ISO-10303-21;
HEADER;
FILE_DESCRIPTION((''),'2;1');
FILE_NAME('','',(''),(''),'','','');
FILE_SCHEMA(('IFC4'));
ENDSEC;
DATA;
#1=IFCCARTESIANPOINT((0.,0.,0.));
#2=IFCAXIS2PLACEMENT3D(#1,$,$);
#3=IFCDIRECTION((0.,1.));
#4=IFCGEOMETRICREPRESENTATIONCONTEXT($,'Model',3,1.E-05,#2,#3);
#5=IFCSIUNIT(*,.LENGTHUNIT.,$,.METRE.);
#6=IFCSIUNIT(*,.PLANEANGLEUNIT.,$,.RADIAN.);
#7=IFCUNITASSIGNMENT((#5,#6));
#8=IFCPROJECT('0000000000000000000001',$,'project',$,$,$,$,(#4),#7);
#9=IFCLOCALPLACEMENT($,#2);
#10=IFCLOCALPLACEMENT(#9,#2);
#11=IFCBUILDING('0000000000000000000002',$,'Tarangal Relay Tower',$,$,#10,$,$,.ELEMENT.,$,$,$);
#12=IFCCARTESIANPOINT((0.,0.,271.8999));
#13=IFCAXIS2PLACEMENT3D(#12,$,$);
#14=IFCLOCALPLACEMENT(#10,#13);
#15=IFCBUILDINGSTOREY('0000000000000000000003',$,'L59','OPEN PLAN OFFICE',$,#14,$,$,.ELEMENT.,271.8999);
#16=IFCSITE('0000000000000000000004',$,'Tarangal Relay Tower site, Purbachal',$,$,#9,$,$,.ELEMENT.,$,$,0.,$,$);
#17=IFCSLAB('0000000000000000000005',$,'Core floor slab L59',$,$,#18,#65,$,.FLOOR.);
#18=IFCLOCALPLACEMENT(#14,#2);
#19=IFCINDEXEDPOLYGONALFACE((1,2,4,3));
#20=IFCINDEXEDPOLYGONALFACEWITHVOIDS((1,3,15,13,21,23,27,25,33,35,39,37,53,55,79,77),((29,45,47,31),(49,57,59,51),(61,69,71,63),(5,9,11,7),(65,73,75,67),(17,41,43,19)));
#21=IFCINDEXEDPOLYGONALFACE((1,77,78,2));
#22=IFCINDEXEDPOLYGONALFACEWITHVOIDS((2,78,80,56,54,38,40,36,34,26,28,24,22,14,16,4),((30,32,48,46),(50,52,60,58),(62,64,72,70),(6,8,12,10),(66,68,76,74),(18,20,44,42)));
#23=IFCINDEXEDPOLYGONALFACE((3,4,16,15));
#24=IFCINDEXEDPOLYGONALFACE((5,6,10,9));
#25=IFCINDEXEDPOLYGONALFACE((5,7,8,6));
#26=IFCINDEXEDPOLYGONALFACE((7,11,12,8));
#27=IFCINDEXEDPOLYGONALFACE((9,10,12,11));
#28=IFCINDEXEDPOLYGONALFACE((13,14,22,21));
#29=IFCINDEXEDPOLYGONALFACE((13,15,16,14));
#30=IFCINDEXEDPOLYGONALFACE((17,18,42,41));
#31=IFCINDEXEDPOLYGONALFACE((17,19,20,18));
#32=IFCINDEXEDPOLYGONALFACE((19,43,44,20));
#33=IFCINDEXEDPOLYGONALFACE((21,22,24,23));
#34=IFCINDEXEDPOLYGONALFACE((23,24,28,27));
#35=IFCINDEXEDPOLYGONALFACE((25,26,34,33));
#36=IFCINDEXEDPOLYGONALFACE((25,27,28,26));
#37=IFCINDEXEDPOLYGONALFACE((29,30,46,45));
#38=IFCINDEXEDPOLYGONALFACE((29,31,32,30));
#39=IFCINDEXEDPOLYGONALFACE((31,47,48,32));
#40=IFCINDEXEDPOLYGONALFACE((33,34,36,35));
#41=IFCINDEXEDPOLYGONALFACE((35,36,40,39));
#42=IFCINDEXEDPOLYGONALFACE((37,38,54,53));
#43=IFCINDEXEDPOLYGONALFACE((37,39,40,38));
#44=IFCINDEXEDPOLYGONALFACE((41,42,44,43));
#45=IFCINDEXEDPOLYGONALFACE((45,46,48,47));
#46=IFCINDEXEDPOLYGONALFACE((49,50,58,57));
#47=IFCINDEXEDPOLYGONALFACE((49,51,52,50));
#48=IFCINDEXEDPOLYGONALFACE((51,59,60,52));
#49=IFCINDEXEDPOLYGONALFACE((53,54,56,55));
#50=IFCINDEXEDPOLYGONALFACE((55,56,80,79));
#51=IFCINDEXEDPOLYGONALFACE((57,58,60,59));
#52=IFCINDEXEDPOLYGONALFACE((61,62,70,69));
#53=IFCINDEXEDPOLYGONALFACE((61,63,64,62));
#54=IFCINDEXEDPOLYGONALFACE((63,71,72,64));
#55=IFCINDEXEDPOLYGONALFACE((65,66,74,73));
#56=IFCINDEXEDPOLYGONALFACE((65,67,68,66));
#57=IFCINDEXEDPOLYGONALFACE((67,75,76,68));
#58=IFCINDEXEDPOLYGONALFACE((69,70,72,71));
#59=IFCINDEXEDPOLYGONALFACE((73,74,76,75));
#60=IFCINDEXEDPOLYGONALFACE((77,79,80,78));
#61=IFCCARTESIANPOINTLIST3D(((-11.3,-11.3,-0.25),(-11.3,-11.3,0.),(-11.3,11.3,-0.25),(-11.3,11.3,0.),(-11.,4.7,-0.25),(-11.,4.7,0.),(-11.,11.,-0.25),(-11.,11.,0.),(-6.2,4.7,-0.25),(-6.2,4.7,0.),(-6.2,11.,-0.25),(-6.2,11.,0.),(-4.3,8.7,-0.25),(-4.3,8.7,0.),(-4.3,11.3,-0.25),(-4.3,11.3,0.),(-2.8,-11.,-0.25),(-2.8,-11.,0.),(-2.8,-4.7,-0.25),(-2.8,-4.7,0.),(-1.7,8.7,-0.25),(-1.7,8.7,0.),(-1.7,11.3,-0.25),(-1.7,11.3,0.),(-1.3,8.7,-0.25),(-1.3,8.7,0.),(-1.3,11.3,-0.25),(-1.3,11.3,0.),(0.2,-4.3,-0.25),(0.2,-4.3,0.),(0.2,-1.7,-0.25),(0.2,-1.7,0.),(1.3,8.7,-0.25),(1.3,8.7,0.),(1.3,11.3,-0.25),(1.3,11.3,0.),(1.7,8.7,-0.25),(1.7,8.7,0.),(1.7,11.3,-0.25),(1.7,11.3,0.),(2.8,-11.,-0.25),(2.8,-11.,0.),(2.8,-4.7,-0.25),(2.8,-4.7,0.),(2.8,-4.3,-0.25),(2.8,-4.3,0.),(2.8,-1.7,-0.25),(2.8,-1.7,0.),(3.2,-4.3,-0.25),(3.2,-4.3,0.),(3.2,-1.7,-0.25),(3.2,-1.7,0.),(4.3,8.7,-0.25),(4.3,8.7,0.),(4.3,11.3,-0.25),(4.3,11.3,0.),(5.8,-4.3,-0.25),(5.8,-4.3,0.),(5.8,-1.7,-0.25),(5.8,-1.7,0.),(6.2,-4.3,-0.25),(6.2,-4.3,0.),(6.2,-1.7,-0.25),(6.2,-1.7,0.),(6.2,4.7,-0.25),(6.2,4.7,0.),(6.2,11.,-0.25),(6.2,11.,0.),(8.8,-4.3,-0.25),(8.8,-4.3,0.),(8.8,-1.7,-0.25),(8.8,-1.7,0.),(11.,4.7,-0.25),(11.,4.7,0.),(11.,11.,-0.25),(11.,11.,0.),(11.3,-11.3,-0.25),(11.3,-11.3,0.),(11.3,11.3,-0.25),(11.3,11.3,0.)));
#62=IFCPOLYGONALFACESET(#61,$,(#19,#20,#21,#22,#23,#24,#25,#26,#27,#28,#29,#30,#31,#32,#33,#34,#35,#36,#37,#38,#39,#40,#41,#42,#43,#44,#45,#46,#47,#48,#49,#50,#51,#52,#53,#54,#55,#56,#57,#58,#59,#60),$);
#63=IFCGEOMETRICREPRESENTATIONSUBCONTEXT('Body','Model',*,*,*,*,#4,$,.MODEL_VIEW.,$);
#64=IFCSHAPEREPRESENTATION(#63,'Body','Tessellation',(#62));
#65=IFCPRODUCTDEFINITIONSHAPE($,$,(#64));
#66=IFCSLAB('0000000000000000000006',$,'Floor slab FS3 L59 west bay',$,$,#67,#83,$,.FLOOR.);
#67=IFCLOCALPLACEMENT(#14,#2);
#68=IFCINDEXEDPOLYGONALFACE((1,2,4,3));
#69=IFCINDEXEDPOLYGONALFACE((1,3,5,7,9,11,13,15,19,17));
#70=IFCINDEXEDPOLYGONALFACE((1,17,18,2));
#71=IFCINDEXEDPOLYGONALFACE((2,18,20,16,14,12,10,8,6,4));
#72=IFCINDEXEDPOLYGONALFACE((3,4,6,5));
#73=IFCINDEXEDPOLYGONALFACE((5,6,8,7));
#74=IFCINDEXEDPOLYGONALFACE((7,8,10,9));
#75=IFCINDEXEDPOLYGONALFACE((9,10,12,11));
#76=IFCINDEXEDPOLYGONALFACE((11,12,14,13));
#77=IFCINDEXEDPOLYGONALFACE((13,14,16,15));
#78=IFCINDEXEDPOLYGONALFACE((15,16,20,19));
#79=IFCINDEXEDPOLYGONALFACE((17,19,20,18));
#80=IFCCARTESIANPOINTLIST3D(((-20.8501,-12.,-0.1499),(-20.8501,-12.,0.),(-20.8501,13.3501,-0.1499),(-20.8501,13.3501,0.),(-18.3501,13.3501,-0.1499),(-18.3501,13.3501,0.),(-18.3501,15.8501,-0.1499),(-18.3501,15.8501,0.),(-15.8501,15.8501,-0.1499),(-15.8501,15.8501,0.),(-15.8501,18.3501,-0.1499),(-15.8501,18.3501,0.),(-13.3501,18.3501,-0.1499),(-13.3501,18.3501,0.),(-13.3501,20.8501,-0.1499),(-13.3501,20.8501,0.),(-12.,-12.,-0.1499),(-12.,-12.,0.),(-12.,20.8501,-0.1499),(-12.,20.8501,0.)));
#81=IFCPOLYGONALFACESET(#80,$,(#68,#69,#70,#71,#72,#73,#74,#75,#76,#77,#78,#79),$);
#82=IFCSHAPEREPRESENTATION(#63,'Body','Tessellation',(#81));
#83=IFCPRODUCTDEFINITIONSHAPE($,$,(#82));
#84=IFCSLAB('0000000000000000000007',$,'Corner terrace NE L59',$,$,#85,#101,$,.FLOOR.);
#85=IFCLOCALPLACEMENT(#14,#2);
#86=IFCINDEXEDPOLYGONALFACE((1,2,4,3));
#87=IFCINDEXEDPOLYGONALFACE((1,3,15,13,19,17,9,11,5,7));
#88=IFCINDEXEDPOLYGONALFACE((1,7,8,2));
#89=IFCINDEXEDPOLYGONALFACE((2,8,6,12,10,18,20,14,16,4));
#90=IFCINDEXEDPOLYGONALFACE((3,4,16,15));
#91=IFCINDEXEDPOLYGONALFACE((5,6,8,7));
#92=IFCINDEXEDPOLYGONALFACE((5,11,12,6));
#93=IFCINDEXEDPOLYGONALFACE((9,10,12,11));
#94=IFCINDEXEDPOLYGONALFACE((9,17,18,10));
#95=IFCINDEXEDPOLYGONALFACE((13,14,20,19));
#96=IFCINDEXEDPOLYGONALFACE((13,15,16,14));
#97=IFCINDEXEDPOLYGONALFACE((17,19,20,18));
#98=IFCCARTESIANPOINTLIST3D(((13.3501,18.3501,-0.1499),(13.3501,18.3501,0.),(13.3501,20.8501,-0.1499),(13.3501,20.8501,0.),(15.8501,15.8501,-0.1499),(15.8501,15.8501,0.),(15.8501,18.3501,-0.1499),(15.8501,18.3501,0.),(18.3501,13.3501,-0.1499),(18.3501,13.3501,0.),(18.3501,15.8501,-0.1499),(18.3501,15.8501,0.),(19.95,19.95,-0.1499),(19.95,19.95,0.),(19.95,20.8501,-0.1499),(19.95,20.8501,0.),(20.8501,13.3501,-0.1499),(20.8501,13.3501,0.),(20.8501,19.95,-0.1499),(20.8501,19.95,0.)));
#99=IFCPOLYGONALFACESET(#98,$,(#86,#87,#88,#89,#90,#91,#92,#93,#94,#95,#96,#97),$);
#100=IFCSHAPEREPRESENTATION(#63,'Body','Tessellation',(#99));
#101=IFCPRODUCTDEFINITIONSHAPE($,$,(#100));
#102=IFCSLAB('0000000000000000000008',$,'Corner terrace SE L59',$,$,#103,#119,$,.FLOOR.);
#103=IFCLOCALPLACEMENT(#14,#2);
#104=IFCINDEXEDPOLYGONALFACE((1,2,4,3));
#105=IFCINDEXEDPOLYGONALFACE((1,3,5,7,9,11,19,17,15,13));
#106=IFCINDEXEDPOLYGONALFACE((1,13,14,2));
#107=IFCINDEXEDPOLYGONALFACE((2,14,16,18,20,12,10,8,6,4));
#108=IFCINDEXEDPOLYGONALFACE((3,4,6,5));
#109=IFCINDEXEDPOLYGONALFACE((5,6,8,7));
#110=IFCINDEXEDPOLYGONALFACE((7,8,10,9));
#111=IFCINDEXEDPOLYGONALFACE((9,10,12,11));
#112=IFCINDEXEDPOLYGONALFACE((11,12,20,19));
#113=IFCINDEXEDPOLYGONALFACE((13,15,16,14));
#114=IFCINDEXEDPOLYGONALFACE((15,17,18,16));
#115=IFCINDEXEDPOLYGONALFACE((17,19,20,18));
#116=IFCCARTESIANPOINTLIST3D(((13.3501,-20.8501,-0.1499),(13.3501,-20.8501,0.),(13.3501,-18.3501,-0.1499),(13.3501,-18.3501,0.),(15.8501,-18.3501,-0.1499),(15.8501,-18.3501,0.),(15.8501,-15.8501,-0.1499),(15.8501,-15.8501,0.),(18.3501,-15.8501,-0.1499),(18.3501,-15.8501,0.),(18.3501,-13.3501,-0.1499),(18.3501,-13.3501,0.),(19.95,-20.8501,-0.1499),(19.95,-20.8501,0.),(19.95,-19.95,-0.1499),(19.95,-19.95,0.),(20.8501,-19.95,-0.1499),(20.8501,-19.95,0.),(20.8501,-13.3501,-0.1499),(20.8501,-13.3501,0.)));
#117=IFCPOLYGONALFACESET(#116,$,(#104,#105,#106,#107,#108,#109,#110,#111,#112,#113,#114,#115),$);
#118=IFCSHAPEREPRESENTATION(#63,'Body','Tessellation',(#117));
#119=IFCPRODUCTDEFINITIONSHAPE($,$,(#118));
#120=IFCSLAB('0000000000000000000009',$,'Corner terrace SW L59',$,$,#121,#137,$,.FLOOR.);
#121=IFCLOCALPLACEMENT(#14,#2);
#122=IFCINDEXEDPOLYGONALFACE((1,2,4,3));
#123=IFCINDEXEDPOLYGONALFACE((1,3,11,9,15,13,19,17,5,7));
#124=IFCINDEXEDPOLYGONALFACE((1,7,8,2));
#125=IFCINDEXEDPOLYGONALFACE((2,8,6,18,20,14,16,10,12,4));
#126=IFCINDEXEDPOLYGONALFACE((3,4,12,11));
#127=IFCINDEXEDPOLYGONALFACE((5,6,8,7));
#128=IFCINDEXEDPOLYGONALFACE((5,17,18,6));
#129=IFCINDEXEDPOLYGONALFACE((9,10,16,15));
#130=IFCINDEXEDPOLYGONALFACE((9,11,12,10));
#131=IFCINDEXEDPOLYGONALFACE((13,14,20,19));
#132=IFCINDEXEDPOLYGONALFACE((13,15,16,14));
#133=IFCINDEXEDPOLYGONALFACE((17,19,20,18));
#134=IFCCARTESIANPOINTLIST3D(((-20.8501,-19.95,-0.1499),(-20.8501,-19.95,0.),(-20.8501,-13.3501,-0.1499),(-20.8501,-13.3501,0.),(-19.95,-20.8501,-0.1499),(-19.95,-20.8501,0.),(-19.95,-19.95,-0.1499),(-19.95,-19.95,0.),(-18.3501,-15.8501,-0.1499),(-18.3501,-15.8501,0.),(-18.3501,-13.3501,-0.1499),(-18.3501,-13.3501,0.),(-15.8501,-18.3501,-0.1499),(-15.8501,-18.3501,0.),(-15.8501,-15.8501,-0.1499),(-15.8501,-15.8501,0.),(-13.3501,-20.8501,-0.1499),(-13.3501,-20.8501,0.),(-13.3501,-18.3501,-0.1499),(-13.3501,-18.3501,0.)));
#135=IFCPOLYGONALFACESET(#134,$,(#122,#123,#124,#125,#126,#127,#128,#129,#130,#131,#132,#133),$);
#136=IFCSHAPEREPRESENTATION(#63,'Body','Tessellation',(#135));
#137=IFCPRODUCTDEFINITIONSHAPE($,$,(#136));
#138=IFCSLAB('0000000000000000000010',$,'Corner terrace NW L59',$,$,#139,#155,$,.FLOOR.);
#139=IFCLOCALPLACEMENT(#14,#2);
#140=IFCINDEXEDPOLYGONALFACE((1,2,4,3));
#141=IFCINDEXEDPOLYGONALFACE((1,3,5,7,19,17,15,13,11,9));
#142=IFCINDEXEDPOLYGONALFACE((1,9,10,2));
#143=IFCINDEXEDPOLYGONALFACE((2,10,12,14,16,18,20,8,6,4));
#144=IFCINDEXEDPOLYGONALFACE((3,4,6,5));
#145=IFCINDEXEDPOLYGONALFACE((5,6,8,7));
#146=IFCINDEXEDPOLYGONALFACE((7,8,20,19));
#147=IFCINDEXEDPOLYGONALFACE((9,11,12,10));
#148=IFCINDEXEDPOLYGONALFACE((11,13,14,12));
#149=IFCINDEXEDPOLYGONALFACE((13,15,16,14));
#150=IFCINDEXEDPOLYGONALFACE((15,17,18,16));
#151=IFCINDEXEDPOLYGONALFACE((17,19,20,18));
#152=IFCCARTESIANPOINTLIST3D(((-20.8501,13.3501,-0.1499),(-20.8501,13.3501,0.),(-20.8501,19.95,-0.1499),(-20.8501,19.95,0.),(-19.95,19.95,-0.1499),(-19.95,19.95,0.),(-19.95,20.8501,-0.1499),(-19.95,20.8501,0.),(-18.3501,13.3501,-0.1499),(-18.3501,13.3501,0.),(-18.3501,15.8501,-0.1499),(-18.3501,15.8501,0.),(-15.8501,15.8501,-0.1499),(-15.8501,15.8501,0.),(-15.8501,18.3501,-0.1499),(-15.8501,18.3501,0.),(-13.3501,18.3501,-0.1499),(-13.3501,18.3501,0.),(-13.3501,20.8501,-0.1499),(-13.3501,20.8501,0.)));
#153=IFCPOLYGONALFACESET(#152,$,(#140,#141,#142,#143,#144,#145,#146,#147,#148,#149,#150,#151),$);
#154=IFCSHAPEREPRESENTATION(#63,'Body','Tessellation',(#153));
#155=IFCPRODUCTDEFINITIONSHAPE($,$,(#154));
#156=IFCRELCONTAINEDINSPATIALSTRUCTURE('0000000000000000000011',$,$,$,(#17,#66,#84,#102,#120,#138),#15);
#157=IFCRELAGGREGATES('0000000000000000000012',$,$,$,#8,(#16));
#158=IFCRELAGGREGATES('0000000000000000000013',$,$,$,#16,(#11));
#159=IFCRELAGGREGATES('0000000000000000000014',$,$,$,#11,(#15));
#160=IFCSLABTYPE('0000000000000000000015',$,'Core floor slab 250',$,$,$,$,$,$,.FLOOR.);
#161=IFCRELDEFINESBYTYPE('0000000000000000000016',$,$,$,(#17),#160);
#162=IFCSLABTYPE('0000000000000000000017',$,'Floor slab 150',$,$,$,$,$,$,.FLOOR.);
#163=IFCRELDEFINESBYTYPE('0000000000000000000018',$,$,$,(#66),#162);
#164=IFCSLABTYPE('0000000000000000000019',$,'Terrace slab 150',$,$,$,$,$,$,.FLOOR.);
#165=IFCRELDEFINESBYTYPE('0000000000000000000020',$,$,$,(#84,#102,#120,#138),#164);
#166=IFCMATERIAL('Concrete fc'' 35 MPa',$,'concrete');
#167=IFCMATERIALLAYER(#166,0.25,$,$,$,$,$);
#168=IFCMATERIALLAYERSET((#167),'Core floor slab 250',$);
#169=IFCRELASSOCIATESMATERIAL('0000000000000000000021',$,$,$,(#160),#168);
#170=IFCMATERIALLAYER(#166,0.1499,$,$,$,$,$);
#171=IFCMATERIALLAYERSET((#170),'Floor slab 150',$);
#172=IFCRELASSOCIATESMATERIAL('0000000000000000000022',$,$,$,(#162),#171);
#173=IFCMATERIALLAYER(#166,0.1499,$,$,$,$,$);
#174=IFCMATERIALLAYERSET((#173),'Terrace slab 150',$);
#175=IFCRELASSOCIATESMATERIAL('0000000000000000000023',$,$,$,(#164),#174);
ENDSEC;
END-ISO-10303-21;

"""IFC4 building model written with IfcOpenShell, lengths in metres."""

from ifc_helpers import new_model, si_unit, direction, frame, origin, place, context, subcontext, project, spatial, polyline, outline, extrude, material, layer, layer_set, type_object, element, save


model = new_model("IFC4")

# Units and contexts
model_context = context("Model", 3, precision=1e-05, world=origin(), true_north=direction((0.0, 1.0)))
body_context = subcontext(model_context, "Body", "Model", "MODEL_VIEW")
ifc_project = project(units=[si_unit("LENGTHUNIT", "METRE"), si_unit("PLANEANGLEUNIT", "RADIAN")], contexts=[model_context])

# Site, building, storey
site_placement = place(None, origin())
site = spatial("IfcSite", under=ifc_project, at=site_placement, Name="Tarangal Relay Tower site, Purbachal", CompositionType="ELEMENT", RefElevation=0.0)
building_placement = place(site_placement, origin())
building = spatial("IfcBuilding", under=site, at=building_placement, Name="Tarangal Relay Tower", CompositionType="ELEMENT")
storey_placement = place(building_placement, frame((0.0, 0.0, 271.8999)))
storey = spatial("IfcBuildingStorey", under=building, at=storey_placement, Name="L59", Description="OPEN PLAN OFFICE", CompositionType="ELEMENT", Elevation=271.8999)

# Slabs
ifc_material_1 = material(Name="Concrete fc' 35 MPa", Category="concrete")
ifc_layer_1 = layer(ifc_material_1, 0.25)
ifc_layer_set_1 = layer_set([ifc_layer_1], Name="Core floor slab 250")
slab_type_1 = type_object("IfcSlabType", Name="Core floor slab 250", PredefinedType="FLOOR", material=ifc_layer_set_1)
slab_1_placement = place(storey_placement, frame((0.0, 0.0, -0.25)))
element("IfcSlab", 1, at=slab_1_placement, inside=storey, type_object=slab_type_1, Name="Core floor slab L59", PredefinedType="FLOOR", context=body_context, shape_type="SweptSolid", body=[
    extrude(outline(polyline([(11.3, 11.3), (11.3, -11.3), (-11.3, -11.3), (-11.3, 11.3), (-4.3, 11.3), (-4.3, 8.7), (-1.7, 8.7), (-1.7, 11.3), (-1.3, 11.3), (-1.3, 8.7), (1.3, 8.7), (1.3, 11.3), (1.7, 11.3), (1.7, 8.7), (4.3, 8.7), (4.3, 11.3), (11.3, 11.3)]), holes=[polyline([(2.8, -4.7), (-2.8, -4.7), (-2.8, -11.0), (2.8, -11.0), (2.8, -4.7)]), polyline([(2.8, -1.7), (0.2, -1.7), (0.2, -4.3), (2.8, -4.3), (2.8, -1.7)]), polyline([(5.8, -1.7), (3.2, -1.7), (3.2, -4.3), (5.8, -4.3), (5.8, -1.7)]), polyline([(8.8, -1.7), (6.2, -1.7), (6.2, -4.3), (8.8, -4.3), (8.8, -1.7)]), polyline([(-6.2, 11.0), (-11.0, 11.0), (-11.0, 4.7), (-6.2, 4.7), (-6.2, 11.0)]), polyline([(11.0, 11.0), (6.2, 11.0), (6.2, 4.7), (11.0, 4.7), (11.0, 11.0)])]), origin(), (0.0, 0.0, 1.0), 0.25),
])
ifc_layer_2 = layer(ifc_material_1, 0.1499)
ifc_layer_set_2 = layer_set([ifc_layer_2], Name="Floor slab 150")
slab_type_2 = type_object("IfcSlabType", Name="Floor slab 150", PredefinedType="FLOOR", material=ifc_layer_set_2)
slab_2_placement = place(storey_placement, frame((0.0, 0.0, -0.1499)))
element("IfcSlab", 2, at=slab_2_placement, inside=storey, type_object=slab_type_2, Name="Floor slab FS3 L59 west bay", PredefinedType="FLOOR", context=body_context, shape_type="SweptSolid", body=[
    extrude(outline(polyline([(-12.0, 20.8501), (-12.0, -12.0), (-20.8501, -12.0), (-20.8501, 13.3501), (-18.3501, 13.3501), (-18.3501, 15.8501), (-15.8501, 15.8501), (-15.8501, 18.3501), (-13.3501, 18.3501), (-13.3501, 20.8501), (-12.0, 20.8501)])), origin(), (0.0, 0.0, 1.0), 0.1499),
])
ifc_layer_3 = layer(ifc_material_1, 0.1499)
ifc_layer_set_3 = layer_set([ifc_layer_3], Name="Terrace slab 150")
slab_type_3 = type_object("IfcSlabType", Name="Terrace slab 150", PredefinedType="FLOOR", material=ifc_layer_set_3)
slab_3_placement = place(storey_placement, frame((0.0, 0.0, -0.1499)))
element("IfcSlab", 3, at=slab_3_placement, inside=storey, type_object=slab_type_3, Name="Corner terrace NE L59", PredefinedType="FLOOR", context=body_context, shape_type="SweptSolid", body=[
    extrude(outline(polyline([(13.3501, 20.8501), (13.3501, 18.3501), (15.8501, 18.3501), (15.8501, 15.8501), (18.3501, 15.8501), (18.3501, 13.3501), (20.8501, 13.3501), (20.8501, 19.95), (19.95, 19.95), (19.95, 20.8501), (13.3501, 20.8501)])), origin(), (0.0, 0.0, 1.0), 0.1499),
])
slab_4_placement = place(storey_placement, frame((0.0, 0.0, -0.1499)))
element("IfcSlab", 4, at=slab_4_placement, inside=storey, type_object=slab_type_3, Name="Corner terrace SE L59", PredefinedType="FLOOR", context=body_context, shape_type="SweptSolid", body=[
    extrude(outline(polyline([(20.8501, -13.3501), (18.3501, -13.3501), (18.3501, -15.8501), (15.8501, -15.8501), (15.8501, -18.3501), (13.3501, -18.3501), (13.3501, -20.8501), (19.95, -20.8501), (19.95, -19.95), (20.8501, -19.95), (20.8501, -13.3501)])), origin(), (0.0, 0.0, 1.0), 0.1499),
])
slab_5_placement = place(storey_placement, frame((0.0, 0.0, -0.1499)))
element("IfcSlab", 5, at=slab_5_placement, inside=storey, type_object=slab_type_3, Name="Corner terrace SW L59", PredefinedType="FLOOR", context=body_context, shape_type="SweptSolid", body=[
    extrude(outline(polyline([(-13.3501, -20.8501), (-13.3501, -18.3501), (-15.8501, -18.3501), (-15.8501, -15.8501), (-18.3501, -15.8501), (-18.3501, -13.3501), (-20.8501, -13.3501), (-20.8501, -19.95), (-19.95, -19.95), (-19.95, -20.8501), (-13.3501, -20.8501)])), origin(), (0.0, 0.0, 1.0), 0.1499),
])
slab_6_placement = place(storey_placement, frame((0.0, 0.0, -0.1499)))
element("IfcSlab", 6, at=slab_6_placement, inside=storey, type_object=slab_type_3, Name="Corner terrace NW L59", PredefinedType="FLOOR", context=body_context, shape_type="SweptSolid", body=[
    extrude(outline(polyline([(-20.8501, 13.3501), (-18.3501, 13.3501), (-18.3501, 15.8501), (-15.8501, 15.8501), (-15.8501, 18.3501), (-13.3501, 18.3501), (-13.3501, 20.8501), (-19.95, 20.8501), (-19.95, 19.95), (-20.8501, 19.95), (-20.8501, 13.3501)])), origin(), (0.0, 0.0, 1.0), 0.1499),
])

save(model, "model.ifc")
